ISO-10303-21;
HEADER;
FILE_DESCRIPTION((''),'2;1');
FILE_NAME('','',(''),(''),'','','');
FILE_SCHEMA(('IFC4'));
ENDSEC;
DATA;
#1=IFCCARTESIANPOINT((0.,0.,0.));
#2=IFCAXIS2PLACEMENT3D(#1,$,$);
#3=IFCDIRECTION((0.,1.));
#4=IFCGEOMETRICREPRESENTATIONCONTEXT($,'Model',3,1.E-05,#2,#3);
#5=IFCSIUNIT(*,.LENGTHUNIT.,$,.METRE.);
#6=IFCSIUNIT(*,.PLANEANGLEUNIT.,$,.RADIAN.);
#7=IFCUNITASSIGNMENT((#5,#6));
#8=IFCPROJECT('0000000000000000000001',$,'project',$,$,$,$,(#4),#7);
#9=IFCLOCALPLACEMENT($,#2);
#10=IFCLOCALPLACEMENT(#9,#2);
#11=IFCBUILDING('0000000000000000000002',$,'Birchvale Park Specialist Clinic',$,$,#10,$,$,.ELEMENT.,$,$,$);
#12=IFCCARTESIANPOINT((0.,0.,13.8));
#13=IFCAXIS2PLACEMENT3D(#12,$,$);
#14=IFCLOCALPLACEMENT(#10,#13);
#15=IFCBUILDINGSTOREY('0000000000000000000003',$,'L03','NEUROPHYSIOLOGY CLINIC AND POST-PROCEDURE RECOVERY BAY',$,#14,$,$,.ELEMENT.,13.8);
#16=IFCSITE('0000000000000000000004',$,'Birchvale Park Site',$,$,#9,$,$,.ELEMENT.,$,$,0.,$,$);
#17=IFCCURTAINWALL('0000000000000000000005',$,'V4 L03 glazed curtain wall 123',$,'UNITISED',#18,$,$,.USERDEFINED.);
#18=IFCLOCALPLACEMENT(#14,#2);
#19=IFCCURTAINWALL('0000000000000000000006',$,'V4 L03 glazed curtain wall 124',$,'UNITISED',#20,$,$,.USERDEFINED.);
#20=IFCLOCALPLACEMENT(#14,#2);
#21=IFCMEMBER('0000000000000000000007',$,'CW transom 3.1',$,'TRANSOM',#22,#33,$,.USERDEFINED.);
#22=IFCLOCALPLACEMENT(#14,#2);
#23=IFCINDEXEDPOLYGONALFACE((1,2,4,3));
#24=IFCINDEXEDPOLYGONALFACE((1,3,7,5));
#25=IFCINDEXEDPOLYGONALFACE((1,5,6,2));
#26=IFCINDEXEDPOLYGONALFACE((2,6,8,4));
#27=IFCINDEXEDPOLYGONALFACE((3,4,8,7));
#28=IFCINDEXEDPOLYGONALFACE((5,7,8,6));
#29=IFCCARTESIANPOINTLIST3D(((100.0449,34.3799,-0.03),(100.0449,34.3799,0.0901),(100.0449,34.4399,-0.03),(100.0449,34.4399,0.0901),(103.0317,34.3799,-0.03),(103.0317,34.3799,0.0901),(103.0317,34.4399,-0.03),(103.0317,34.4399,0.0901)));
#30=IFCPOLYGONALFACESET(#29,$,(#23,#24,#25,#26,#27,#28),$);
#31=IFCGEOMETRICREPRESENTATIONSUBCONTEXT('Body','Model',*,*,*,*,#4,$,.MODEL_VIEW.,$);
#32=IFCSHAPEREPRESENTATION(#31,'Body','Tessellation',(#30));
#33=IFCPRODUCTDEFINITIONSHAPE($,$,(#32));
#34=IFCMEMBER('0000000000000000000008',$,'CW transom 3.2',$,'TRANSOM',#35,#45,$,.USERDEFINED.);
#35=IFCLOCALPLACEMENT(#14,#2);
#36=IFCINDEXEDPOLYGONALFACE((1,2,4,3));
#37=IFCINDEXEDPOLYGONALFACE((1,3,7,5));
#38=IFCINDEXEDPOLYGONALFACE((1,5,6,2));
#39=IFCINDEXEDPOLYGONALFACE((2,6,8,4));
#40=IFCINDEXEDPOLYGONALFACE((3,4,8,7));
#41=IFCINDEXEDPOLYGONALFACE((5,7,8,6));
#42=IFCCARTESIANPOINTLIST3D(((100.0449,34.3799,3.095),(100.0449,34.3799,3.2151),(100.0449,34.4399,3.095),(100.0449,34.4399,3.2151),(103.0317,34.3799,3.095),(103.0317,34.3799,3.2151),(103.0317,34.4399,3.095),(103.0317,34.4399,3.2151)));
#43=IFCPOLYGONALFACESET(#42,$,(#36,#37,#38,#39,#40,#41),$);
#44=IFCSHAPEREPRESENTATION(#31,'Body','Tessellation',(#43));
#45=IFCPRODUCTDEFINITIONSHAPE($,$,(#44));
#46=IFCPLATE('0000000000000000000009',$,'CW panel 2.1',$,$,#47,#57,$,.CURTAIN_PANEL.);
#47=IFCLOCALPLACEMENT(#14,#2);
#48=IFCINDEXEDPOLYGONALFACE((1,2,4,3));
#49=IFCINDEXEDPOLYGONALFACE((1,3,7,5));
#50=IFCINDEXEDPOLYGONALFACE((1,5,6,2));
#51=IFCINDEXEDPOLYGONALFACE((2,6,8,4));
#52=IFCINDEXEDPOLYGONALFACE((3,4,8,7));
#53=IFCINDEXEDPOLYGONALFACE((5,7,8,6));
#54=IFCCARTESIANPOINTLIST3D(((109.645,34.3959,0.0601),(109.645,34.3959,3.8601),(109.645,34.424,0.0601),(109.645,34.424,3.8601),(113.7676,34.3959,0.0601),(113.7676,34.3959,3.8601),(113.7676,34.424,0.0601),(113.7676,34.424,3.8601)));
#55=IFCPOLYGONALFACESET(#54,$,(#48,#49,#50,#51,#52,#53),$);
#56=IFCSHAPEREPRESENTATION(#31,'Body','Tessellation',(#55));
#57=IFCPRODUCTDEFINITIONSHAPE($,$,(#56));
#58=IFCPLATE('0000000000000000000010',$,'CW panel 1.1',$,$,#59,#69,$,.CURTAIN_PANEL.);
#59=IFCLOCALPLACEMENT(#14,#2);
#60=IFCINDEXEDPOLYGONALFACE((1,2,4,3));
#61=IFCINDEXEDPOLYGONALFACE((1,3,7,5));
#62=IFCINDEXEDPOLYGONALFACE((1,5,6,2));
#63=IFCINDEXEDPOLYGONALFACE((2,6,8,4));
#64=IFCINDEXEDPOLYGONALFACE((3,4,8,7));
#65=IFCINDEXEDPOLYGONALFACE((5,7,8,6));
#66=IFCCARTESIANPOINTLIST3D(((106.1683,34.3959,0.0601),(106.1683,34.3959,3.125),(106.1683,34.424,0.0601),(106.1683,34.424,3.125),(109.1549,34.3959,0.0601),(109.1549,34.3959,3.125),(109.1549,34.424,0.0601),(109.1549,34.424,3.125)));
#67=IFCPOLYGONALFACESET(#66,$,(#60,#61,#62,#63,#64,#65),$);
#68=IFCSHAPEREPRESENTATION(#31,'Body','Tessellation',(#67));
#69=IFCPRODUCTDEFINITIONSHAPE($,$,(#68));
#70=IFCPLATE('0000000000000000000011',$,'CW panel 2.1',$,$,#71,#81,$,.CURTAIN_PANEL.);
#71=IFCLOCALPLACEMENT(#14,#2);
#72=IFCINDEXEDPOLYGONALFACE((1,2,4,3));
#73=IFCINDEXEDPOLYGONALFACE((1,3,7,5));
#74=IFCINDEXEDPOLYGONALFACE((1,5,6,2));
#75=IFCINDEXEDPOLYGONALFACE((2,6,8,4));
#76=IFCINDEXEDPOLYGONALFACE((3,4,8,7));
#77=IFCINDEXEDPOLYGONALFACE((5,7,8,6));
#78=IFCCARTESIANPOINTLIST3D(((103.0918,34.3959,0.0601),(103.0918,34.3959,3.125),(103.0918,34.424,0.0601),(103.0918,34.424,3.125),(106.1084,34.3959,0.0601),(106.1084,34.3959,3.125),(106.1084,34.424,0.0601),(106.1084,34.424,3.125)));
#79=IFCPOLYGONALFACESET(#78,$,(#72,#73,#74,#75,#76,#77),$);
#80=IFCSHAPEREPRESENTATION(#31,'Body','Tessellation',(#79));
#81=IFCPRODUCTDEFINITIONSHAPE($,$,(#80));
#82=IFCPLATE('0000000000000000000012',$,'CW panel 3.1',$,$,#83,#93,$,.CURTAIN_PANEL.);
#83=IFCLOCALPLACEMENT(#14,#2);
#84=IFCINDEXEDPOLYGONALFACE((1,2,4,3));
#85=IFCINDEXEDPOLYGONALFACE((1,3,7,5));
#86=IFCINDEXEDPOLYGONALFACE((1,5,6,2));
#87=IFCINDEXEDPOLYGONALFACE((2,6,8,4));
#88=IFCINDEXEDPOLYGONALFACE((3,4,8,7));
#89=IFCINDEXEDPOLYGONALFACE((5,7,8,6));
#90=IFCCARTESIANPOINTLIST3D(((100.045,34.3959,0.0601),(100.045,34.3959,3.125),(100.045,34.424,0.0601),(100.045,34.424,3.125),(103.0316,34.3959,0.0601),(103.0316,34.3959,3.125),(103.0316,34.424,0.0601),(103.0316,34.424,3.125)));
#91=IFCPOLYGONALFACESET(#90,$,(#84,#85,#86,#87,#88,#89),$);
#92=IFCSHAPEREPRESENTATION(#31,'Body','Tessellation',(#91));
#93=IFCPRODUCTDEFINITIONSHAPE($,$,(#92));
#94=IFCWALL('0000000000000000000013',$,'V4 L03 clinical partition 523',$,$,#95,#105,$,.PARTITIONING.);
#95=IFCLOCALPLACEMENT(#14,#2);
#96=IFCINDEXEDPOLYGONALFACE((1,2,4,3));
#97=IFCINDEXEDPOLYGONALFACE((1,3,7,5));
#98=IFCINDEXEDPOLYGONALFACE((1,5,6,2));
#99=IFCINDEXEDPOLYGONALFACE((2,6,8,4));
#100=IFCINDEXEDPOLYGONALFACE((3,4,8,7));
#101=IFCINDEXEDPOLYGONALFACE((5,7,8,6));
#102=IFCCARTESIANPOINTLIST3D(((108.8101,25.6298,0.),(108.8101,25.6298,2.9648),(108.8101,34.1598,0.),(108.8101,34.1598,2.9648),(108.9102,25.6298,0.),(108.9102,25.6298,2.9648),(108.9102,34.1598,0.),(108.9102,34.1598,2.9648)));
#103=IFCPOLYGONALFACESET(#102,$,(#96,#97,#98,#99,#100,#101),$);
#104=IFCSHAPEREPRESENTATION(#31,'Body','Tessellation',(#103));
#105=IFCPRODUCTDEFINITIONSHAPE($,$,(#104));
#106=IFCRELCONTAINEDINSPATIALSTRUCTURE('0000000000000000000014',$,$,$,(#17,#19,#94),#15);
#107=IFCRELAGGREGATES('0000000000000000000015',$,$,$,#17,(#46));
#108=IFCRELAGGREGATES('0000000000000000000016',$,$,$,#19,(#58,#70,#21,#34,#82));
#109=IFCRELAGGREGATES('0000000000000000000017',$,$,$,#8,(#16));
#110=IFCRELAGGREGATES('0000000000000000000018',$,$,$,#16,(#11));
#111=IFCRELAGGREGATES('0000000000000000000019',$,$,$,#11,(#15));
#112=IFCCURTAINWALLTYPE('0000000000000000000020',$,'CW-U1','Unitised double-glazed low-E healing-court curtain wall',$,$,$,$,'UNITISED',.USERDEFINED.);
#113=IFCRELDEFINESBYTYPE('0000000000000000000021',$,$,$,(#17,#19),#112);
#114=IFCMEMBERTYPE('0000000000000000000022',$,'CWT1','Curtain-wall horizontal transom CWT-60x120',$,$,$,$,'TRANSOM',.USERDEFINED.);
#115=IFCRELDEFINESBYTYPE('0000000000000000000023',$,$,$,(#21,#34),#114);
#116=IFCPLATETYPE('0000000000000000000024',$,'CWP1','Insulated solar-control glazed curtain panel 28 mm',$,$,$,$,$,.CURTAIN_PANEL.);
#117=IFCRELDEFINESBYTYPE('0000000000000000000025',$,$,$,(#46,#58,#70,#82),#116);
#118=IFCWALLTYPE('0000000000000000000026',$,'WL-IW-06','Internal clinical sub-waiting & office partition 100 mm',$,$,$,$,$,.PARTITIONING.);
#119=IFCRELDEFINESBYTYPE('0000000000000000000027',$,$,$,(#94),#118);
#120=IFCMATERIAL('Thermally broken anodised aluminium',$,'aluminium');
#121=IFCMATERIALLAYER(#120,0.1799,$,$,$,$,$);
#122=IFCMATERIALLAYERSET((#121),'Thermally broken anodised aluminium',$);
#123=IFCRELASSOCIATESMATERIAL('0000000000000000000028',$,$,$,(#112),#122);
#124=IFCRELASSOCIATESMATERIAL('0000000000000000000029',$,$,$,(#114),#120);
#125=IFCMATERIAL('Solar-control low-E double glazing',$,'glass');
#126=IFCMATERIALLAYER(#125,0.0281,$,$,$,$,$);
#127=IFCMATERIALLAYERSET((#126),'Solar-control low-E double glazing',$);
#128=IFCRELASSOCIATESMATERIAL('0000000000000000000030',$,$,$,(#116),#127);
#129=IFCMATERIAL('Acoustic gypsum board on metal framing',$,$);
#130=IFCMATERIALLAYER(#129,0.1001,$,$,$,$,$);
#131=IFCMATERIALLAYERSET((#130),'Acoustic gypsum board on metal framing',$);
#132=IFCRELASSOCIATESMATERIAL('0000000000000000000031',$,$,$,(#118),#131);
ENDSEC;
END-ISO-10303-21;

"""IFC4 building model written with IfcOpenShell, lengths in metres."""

from ifc_helpers import new_model, si_unit, direction, frame, frame_2d, origin, origin_2d, place, context, subcontext, project, spatial, rectangle, extrude, material, layer, layer_set, material_profile, profile_set, type_object, element, aggregate, save


model = new_model("IFC4")

# Units and contexts
model_context = context("Model", 3, precision=1e-05, world=origin(), true_north=direction((0.0, 1.0)))
body_context = subcontext(model_context, "Body", "Model", "MODEL_VIEW")
ifc_project = project(units=[si_unit("LENGTHUNIT", "METRE"), si_unit("PLANEANGLEUNIT", "RADIAN")], contexts=[model_context])

# Site, building, storey
site_placement = place(None, origin())
site = spatial("IfcSite", under=ifc_project, at=site_placement, Name="Birchvale Park Site", CompositionType="ELEMENT", RefElevation=0.0)
building_placement = place(site_placement, origin())
building = spatial("IfcBuilding", under=site, at=building_placement, Name="Birchvale Park Specialist Clinic", CompositionType="ELEMENT")
storey_placement = place(building_placement, frame((0.0, 0.0, 13.8)))
storey = spatial("IfcBuildingStorey", under=building, at=storey_placement, Name="L03", Description="NEUROPHYSIOLOGY CLINIC AND POST-PROCEDURE RECOVERY BAY", CompositionType="ELEMENT", Elevation=13.8)

# Curtain walls
ifc_material_1 = material(Name="Thermally broken anodised aluminium", Category="aluminium")
ifc_layer_1 = layer(ifc_material_1, 0.1799)
ifc_layer_set_1 = layer_set([ifc_layer_1], Name="Thermally broken anodised aluminium")
curtain_wall_type = type_object("IfcCurtainWallType", Name="CW-U1", Description="Unitised double-glazed low-E healing-court curtain wall", ElementType="UNITISED", PredefinedType="USERDEFINED", material=ifc_layer_set_1)
curtain_wall_1_placement = place(storey_placement, origin())
curtain_wall_1 = element("IfcCurtainWall", 1, at=curtain_wall_1_placement, inside=storey, type_object=curtain_wall_type, Name="V4 L03 glazed curtain wall 123", ObjectType="UNITISED", PredefinedType="USERDEFINED")
curtain_wall_2_placement = place(storey_placement, origin())
curtain_wall_2 = element("IfcCurtainWall", 2, at=curtain_wall_2_placement, inside=storey, type_object=curtain_wall_type, Name="V4 L03 glazed curtain wall 124", ObjectType="UNITISED", PredefinedType="USERDEFINED")

# Members
ifc_material_profile_1 = material_profile(ifc_material_1, rectangle(XDim=0.0601, YDim=0.1201, at=origin_2d()), Name="CWT-60x120")
ifc_profile_set_1 = profile_set([ifc_material_profile_1], Name="Thermally broken anodised aluminium")
member_type_1 = type_object("IfcMemberType", Name="CWT1", Description="Curtain-wall horizontal transom CWT-60x120", ElementType="TRANSOM", PredefinedType="USERDEFINED", material=ifc_profile_set_1)
member_1_placement = place(storey_placement, frame((103.0317, 34.4099, 0.03), z_axis=(-1.0, 0.0, 0.0), x_axis=(0.0, -1.0, 0.0)))
member_1 = element("IfcMember", 3, at=member_1_placement, type_object=member_type_1, Name="CW transom 3.1", ObjectType="TRANSOM", PredefinedType="USERDEFINED", context=body_context, shape_type="SweptSolid", body=[
    extrude(rectangle(XDim=0.0601, YDim=0.1201, at=origin_2d()), origin(), (0.0, 0.0, 1.0), 2.9868),
])
member_2_placement = place(storey_placement, frame((103.0317, 34.4099, 3.155), z_axis=(-1.0, 0.0, 0.0), x_axis=(0.0, -1.0, 0.0)))
member_2 = element("IfcMember", 4, at=member_2_placement, type_object=member_type_1, Name="CW transom 3.2", ObjectType="TRANSOM", PredefinedType="USERDEFINED", context=body_context, shape_type="SweptSolid", body=[
    extrude(rectangle(XDim=0.0601, YDim=0.1201, at=origin_2d()), origin(), (0.0, 0.0, 1.0), 2.9868),
])

# Plates
ifc_material_2 = material(Name="Solar-control low-E double glazing", Category="glass")
ifc_layer_2 = layer(ifc_material_2, 0.0281)
ifc_layer_set_2 = layer_set([ifc_layer_2], Name="Solar-control low-E double glazing")
plate_type = type_object("IfcPlateType", Name="CWP1", Description="Insulated solar-control glazed curtain panel 28 mm", PredefinedType="CURTAIN_PANEL", material=ifc_layer_set_2)
plate_1_placement = place(storey_placement, frame((111.7063, 34.4099, 0.0601), z_axis=(0.0, 0.0, 1.0), x_axis=(-1.0, 0.0, 0.0)))
plate_1 = element("IfcPlate", 5, at=plate_1_placement, type_object=plate_type, Name="CW panel 2.1", PredefinedType="CURTAIN_PANEL", context=body_context, shape_type="SweptSolid", body=[
    extrude(rectangle(XDim=4.1226, YDim=0.0281, at=origin_2d()), origin(), (0.0, 0.0, 1.0), 3.8),
])
aggregate(curtain_wall_1, [plate_1])
plate_2_placement = place(storey_placement, frame((107.6616, 34.4099, 0.0601), z_axis=(0.0, 0.0, 1.0), x_axis=(-1.0, 0.0, 0.0)))
plate_2 = element("IfcPlate", 6, at=plate_2_placement, type_object=plate_type, Name="CW panel 1.1", PredefinedType="CURTAIN_PANEL", context=body_context, shape_type="SweptSolid", body=[
    extrude(rectangle(XDim=2.9866, YDim=0.0281, at=origin_2d()), origin(), (0.0, 0.0, 1.0), 3.0649),
])
plate_3_placement = place(storey_placement, frame((104.6001, 34.4099, 0.0601), z_axis=(0.0, 0.0, 1.0), x_axis=(-1.0, 0.0, 0.0)))
plate_3 = element("IfcPlate", 7, at=plate_3_placement, type_object=plate_type, Name="CW panel 2.1", PredefinedType="CURTAIN_PANEL", context=body_context, shape_type="SweptSolid", body=[
    extrude(rectangle(XDim=3.0166, YDim=0.0281, at=origin_2d()), origin(), (0.0, 0.0, 1.0), 3.0649),
])
plate_4_placement = place(storey_placement, frame((101.5383, 34.4099, 0.0601), z_axis=(0.0, 0.0, 1.0), x_axis=(-1.0, 0.0, 0.0)))
plate_4 = element("IfcPlate", 8, at=plate_4_placement, type_object=plate_type, Name="CW panel 3.1", PredefinedType="CURTAIN_PANEL", context=body_context, shape_type="SweptSolid", body=[
    extrude(rectangle(XDim=2.9866, YDim=0.0281, at=origin_2d()), origin(), (0.0, 0.0, 1.0), 3.0649),
])
aggregate(curtain_wall_2, [plate_2, plate_3, member_1, member_2, plate_4])

# Wall
ifc_material_3 = material(Name="Acoustic gypsum board on metal framing")
ifc_layer_3 = layer(ifc_material_3, 0.1001)
ifc_layer_set_3 = layer_set([ifc_layer_3], Name="Acoustic gypsum board on metal framing")
wall_type = type_object("IfcWallType", Name="WL-IW-06", Description="Internal clinical sub-waiting & office partition 100 mm", PredefinedType="PARTITIONING", material=ifc_layer_set_3)
wall_placement = place(storey_placement, frame((108.8601, 34.1599, 0.0), z_axis=(0.0, 0.0, 1.0), x_axis=(0.0, -1.0, 0.0)))
element("IfcWall", 9, at=wall_placement, inside=storey, type_object=wall_type, Name="V4 L03 clinical partition 523", PredefinedType="PARTITIONING", context=body_context, shape_type="SweptSolid", body=[
    extrude(rectangle(XDim=8.53, YDim=0.1001, at=frame_2d((4.2651, 0.0))), origin(), (0.0, 0.0, 1.0), 2.9648),
])

save(model, "model.ifc")
